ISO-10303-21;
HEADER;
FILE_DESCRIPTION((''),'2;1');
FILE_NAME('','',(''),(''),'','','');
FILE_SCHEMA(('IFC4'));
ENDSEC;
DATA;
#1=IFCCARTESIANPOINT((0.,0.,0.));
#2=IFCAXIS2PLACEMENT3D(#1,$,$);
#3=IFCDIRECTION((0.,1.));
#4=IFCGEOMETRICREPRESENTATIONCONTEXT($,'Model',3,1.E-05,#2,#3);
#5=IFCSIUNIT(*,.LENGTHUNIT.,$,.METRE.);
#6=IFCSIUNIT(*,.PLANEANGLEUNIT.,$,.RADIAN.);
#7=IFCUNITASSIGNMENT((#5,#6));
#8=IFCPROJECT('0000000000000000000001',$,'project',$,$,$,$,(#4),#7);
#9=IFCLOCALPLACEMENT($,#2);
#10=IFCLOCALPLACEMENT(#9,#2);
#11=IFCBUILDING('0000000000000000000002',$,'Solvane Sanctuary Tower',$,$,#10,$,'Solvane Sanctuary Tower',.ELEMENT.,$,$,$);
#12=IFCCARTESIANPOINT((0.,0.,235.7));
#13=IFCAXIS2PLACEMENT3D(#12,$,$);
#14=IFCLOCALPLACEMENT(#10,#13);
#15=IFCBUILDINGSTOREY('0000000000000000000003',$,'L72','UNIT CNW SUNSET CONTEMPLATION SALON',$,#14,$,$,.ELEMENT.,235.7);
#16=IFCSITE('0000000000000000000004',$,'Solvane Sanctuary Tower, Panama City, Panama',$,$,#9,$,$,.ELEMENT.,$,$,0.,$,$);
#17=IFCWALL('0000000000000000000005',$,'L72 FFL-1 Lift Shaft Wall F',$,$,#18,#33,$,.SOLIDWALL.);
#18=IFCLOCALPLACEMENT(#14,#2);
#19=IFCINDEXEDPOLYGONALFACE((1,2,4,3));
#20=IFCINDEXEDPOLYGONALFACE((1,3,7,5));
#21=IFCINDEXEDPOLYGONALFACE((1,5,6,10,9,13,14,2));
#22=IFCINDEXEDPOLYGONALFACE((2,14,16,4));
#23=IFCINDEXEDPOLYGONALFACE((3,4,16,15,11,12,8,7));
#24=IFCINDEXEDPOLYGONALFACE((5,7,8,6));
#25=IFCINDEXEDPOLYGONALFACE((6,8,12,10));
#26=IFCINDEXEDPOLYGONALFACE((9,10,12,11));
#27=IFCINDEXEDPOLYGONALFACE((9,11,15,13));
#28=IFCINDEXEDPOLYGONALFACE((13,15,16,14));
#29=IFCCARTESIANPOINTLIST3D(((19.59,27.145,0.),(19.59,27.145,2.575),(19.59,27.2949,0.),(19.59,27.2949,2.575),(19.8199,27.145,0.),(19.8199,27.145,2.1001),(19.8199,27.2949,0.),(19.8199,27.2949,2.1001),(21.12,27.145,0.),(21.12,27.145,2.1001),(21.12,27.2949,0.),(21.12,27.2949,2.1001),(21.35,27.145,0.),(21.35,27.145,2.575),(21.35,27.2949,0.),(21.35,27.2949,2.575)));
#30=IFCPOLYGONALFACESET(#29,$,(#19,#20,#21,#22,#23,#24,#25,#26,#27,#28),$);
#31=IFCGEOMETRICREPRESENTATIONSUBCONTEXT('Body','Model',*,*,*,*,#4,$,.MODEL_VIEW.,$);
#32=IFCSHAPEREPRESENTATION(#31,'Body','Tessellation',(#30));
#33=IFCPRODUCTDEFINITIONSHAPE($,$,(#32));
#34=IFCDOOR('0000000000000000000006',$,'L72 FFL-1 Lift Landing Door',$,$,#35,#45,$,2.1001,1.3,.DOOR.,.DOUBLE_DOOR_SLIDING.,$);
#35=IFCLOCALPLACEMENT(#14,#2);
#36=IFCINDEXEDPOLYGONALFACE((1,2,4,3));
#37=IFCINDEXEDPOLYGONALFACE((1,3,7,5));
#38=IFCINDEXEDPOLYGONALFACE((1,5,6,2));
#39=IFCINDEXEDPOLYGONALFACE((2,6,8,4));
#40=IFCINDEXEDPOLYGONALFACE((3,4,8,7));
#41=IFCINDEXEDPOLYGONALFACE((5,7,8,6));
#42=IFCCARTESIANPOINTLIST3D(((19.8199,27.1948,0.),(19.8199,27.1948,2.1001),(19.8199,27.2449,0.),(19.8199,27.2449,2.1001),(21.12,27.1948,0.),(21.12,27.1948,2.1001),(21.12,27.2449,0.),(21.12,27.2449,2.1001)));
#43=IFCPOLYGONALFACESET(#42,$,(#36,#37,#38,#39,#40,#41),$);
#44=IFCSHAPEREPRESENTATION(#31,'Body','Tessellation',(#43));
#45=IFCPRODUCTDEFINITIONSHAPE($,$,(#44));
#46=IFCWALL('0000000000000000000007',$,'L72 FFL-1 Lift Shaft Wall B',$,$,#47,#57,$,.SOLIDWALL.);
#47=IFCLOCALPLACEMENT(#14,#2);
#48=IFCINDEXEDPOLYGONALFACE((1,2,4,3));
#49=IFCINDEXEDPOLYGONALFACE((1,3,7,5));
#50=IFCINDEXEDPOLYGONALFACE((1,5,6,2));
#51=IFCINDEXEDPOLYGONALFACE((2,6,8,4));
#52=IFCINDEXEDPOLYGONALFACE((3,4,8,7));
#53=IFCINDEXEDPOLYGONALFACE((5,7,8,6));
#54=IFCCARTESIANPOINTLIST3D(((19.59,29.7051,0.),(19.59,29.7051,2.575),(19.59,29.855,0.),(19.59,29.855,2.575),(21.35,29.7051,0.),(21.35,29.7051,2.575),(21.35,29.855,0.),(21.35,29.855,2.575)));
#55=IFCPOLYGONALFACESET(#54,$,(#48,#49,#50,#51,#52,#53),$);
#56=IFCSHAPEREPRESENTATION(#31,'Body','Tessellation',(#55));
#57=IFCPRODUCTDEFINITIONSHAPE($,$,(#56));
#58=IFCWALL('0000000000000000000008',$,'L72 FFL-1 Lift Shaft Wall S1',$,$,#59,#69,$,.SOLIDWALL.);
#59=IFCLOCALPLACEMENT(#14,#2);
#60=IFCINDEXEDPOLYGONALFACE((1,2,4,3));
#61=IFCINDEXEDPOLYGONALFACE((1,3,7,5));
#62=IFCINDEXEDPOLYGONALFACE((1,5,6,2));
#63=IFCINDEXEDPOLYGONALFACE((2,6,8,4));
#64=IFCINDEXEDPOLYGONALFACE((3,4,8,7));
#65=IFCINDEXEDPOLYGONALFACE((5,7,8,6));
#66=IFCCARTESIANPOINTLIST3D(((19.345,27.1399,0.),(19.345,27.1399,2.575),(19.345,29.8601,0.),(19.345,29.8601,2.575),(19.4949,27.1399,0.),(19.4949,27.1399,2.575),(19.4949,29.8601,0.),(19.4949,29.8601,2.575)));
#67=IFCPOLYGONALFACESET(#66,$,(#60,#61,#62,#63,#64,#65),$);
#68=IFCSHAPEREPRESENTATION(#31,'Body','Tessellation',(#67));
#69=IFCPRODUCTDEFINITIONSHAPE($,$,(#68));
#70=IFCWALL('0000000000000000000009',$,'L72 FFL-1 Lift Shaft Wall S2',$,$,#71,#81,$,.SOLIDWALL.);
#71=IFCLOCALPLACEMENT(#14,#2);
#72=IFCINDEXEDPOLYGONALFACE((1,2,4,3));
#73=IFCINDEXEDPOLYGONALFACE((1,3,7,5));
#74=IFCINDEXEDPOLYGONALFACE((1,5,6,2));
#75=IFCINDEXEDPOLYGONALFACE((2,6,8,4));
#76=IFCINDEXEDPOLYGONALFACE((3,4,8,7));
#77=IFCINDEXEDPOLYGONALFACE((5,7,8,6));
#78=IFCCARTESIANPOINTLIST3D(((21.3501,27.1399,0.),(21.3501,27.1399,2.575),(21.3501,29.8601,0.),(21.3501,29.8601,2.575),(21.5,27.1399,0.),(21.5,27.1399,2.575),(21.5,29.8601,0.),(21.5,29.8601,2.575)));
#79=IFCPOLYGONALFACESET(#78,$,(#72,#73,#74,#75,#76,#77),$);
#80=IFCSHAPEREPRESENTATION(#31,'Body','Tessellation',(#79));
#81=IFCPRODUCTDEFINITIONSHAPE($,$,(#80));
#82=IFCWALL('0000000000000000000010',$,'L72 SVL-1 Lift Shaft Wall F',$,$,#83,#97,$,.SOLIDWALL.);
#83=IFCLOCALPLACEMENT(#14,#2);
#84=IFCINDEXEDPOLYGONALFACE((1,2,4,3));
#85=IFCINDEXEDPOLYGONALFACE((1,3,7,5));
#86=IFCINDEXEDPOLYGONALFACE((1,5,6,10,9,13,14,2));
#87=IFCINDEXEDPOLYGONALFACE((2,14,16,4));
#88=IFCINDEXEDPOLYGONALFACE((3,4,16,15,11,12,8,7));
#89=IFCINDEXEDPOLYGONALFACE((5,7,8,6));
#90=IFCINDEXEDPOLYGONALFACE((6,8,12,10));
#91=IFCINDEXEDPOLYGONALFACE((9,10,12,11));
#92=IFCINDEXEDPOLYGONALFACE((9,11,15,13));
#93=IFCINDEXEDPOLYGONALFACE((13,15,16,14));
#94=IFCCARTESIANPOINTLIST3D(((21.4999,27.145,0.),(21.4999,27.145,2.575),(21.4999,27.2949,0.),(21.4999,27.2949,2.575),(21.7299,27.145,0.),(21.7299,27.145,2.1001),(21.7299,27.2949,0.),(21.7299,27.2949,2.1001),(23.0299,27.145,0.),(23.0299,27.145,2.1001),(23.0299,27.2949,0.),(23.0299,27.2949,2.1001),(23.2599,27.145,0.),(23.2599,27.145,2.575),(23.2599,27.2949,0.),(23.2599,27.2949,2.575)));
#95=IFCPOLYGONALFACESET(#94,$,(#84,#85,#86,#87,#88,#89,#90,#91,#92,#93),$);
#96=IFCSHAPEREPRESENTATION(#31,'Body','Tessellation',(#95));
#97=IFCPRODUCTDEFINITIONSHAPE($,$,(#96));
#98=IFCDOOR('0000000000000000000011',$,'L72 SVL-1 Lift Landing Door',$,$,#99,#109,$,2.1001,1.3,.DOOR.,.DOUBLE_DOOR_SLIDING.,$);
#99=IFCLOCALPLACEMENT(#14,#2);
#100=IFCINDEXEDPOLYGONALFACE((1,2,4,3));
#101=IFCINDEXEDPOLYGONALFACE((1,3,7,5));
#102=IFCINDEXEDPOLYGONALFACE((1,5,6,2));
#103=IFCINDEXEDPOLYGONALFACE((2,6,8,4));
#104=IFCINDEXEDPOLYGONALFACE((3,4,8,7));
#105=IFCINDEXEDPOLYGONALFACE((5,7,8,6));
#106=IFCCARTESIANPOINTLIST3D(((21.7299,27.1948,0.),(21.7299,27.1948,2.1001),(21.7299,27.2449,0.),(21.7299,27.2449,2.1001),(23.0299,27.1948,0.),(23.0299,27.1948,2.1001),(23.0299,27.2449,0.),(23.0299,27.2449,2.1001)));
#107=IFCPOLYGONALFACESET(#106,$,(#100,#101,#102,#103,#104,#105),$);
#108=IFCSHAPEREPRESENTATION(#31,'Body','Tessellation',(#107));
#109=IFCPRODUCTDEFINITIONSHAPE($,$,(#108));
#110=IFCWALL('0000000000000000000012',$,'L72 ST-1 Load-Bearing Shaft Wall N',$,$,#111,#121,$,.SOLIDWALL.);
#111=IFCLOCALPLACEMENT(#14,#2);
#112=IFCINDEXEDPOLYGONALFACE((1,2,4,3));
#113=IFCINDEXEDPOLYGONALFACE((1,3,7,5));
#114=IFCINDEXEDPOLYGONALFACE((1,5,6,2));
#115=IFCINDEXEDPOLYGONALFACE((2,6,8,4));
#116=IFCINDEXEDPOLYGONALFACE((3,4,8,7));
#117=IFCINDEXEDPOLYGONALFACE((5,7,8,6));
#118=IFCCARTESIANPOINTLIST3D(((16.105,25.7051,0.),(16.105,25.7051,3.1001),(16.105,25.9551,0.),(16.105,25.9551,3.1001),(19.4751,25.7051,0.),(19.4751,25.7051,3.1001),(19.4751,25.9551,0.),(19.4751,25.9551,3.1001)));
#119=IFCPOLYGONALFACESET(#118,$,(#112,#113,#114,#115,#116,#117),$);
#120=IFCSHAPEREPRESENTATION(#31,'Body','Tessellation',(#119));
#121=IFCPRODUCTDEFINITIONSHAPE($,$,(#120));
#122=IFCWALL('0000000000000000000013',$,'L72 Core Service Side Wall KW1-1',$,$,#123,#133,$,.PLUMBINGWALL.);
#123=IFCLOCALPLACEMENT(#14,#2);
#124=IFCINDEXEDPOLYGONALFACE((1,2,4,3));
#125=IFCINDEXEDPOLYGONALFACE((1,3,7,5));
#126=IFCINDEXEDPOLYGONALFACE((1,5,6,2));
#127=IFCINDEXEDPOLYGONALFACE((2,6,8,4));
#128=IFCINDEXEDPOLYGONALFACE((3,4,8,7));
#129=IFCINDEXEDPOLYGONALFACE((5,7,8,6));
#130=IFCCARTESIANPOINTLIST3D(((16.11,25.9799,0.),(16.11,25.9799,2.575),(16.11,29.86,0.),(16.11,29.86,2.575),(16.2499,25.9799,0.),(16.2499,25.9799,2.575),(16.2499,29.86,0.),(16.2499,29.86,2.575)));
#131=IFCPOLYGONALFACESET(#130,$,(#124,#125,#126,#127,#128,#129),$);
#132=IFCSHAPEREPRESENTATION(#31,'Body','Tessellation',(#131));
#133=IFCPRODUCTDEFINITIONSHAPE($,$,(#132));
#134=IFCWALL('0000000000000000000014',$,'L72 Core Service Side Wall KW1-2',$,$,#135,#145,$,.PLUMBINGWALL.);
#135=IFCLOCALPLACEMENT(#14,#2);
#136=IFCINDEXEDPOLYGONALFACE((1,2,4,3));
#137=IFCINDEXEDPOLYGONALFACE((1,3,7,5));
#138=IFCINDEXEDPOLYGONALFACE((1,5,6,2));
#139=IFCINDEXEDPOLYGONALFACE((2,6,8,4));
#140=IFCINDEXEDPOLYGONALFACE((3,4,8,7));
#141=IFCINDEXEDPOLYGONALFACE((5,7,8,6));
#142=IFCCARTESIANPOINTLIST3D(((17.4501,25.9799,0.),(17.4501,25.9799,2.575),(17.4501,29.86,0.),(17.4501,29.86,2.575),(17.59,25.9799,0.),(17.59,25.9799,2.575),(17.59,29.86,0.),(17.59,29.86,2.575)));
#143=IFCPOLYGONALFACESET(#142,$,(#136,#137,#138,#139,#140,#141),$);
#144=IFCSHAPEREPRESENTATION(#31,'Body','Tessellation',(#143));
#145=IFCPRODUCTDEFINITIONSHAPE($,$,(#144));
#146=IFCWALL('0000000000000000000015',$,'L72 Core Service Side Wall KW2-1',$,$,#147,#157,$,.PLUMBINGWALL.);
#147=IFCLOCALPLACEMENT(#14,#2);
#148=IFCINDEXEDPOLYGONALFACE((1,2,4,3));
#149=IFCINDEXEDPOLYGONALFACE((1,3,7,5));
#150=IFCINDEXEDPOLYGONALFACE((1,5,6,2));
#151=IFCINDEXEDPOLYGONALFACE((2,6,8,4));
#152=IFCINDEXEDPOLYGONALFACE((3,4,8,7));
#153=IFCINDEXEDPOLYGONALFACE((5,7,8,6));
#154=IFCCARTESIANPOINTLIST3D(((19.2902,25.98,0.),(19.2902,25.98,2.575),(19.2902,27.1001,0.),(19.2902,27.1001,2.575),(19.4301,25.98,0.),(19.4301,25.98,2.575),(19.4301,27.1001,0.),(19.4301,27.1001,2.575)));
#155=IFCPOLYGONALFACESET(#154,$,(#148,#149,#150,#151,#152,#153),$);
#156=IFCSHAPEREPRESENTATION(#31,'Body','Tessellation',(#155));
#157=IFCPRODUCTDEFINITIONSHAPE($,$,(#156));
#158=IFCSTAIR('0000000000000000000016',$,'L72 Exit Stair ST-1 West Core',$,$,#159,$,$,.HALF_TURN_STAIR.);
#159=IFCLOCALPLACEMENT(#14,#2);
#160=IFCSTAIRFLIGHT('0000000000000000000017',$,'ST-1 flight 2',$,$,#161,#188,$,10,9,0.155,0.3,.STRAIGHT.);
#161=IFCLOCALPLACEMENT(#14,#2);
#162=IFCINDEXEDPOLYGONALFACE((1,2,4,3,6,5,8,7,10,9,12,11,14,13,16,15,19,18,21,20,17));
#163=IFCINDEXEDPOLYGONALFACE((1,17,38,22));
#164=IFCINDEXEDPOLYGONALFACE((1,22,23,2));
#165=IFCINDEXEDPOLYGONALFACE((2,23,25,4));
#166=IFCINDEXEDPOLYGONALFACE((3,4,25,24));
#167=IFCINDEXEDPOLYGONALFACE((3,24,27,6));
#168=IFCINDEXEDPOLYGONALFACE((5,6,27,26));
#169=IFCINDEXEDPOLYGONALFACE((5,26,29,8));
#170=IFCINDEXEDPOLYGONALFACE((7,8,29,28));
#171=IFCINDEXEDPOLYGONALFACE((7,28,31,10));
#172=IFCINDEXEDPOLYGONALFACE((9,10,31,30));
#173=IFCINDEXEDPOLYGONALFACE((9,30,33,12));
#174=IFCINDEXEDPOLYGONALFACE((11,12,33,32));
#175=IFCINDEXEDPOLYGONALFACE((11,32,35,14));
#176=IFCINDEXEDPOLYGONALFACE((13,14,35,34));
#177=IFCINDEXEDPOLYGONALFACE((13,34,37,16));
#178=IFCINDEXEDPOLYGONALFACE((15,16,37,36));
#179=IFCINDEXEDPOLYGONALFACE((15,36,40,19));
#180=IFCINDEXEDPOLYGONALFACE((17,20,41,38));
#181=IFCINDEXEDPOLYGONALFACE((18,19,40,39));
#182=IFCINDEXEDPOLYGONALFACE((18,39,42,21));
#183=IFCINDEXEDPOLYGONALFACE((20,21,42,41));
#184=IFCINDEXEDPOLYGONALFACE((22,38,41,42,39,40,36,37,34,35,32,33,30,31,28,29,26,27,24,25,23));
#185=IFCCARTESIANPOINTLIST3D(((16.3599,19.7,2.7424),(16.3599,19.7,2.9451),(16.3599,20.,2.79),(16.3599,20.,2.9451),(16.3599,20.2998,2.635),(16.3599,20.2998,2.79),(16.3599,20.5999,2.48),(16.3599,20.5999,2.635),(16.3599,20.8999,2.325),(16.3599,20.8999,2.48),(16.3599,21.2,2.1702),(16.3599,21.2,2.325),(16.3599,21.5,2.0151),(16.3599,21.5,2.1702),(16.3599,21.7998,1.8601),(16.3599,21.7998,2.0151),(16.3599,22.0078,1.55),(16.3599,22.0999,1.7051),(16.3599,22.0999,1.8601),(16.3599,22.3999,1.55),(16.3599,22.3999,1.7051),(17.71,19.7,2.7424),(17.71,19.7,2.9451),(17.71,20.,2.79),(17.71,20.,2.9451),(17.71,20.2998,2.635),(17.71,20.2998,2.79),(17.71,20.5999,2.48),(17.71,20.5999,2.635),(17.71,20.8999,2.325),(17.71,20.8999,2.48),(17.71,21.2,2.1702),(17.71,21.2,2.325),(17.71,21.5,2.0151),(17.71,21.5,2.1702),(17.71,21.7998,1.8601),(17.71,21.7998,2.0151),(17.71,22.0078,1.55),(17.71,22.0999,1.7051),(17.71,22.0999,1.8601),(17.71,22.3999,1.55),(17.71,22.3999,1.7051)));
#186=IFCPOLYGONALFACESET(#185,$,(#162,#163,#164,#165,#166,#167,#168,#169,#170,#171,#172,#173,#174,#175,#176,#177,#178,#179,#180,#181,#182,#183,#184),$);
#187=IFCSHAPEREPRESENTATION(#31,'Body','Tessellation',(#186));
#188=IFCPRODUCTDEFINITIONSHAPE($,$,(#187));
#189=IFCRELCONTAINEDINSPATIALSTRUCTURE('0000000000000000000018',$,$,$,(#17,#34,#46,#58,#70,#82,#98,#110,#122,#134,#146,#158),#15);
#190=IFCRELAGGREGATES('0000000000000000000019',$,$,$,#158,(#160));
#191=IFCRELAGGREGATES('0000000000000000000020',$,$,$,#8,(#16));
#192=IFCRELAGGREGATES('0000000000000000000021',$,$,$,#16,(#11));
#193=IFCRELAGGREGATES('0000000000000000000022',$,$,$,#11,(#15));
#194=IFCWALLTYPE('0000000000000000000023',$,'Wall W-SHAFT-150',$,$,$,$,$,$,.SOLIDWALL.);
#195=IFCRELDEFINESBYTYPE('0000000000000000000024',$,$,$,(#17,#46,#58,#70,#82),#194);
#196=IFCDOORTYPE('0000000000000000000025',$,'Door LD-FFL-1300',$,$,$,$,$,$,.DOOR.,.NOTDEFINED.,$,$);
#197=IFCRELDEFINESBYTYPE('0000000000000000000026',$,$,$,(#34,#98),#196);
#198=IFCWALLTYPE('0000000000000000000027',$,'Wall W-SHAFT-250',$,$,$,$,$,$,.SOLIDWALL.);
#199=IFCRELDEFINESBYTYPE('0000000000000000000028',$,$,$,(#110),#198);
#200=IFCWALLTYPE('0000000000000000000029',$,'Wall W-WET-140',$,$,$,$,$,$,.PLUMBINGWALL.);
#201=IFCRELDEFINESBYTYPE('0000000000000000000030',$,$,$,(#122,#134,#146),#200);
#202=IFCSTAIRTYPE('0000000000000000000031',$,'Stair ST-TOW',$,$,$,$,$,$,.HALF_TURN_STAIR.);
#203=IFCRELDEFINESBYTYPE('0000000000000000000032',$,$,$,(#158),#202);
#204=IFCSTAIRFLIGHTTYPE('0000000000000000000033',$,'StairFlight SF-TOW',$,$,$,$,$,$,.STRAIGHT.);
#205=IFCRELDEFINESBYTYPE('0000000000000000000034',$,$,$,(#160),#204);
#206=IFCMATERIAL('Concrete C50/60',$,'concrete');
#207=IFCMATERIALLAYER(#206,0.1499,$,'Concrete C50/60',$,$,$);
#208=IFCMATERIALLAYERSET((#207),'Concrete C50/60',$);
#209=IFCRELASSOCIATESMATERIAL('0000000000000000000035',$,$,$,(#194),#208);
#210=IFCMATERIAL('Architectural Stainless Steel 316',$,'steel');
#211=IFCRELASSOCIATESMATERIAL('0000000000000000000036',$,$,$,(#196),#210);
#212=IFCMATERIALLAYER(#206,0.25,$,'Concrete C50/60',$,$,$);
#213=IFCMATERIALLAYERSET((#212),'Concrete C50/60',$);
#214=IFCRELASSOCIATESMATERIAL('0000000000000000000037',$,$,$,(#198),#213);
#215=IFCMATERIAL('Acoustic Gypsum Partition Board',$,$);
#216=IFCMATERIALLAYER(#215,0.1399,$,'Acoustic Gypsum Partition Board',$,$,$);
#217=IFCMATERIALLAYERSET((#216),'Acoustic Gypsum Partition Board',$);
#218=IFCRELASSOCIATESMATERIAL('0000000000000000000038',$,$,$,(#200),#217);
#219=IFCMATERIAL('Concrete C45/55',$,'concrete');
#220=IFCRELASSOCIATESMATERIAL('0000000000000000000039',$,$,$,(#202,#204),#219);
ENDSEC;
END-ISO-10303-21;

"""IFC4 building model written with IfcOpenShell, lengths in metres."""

from ifc_helpers import new_model, si_unit, direction, frame, frame_2d, origin, place, context, subcontext, project, spatial, polyline, rectangle, outline, extrude, material, layer, layer_set, type_object, element, fill, aggregate, save


model = new_model("IFC4")

# Units and contexts
model_context = context("Model", 3, precision=1e-05, world=origin(), true_north=direction((0.0, 1.0)))
body_context = subcontext(model_context, "Body", "Model", "MODEL_VIEW")
ifc_project = project(units=[si_unit("LENGTHUNIT", "METRE"), si_unit("PLANEANGLEUNIT", "RADIAN")], contexts=[model_context])

# Site, building, storey
site_placement = place(None, origin())
site = spatial("IfcSite", under=ifc_project, at=site_placement, Name="Solvane Sanctuary Tower, Panama City, Panama", CompositionType="ELEMENT", RefElevation=0.0)
building_placement = place(site_placement, origin())
building = spatial("IfcBuilding", under=site, at=building_placement, Name="Solvane Sanctuary Tower", LongName="Solvane Sanctuary Tower", CompositionType="ELEMENT")
storey_placement = place(building_placement, frame((0.0, 0.0, 235.7)))
storey = spatial("IfcBuildingStorey", under=building, at=storey_placement, Name="L72", Description="UNIT CNW SUNSET CONTEMPLATION SALON", CompositionType="ELEMENT", Elevation=235.7)

# Shared definitions
ifc_material_1 = material(Name="Acoustic Gypsum Partition Board")

# Shared definitions
ifc_material_2 = material(Name="Concrete C50/60", Category="concrete")
ifc_layer_1 = layer(ifc_material_2, 0.1499, Name="Concrete C50/60")
ifc_layer_set_1 = layer_set([ifc_layer_1], Name="Concrete C50/60")
wall_type_1 = type_object("IfcWallType", Name="Wall W-SHAFT-150", PredefinedType="SOLIDWALL", material=ifc_layer_set_1)
ifc_material_3 = material(Name="Architectural Stainless Steel 316", Category="steel")

# Wall, opening, door
wall_1_placement = place(storey_placement, frame((19.5901, 27.22, 0.0), z_axis=(0.0, 0.0, 1.0), x_axis=(1.0, 0.0, 0.0)))
wall_1 = element("IfcWall", 1, at=wall_1_placement, inside=storey, type_object=wall_type_1, Name="L72 FFL-1 Lift Shaft Wall F", PredefinedType="SOLIDWALL", context=body_context, shape_type="SweptSolid", body=[
    extrude(rectangle(XDim=1.76, YDim=0.1499, at=frame_2d((0.8799, 0.0))), origin(), (0.0, 0.0, 1.0), 2.575),
])
opening_1_placement = place(wall_1_placement, frame((0.23, 0.0, 0.0)))
opening_1 = element("IfcOpeningElement", 2, at=opening_1_placement, cuts=wall_1, PredefinedType="OPENING", context=body_context, shape_type="SweptSolid", body=[
    extrude(rectangle(XDim=1.3, YDim=2.1001, at=frame_2d((0.6499, 1.05))), frame((0.0, 0.085, 0.0), z_axis=(0.0, -1.0, 0.0), x_axis=(1.0, 0.0, 0.0)), (0.0, 0.0, 1.0), 0.1699),
])
door_type_1 = type_object("IfcDoorType", Name="Door LD-FFL-1300", OperationType="NOTDEFINED", PredefinedType="DOOR", material=ifc_material_3)
door_1_placement = place(opening_1_placement, origin())
door_1 = element("IfcDoor", 3, at=door_1_placement, inside=storey, type_object=door_type_1, Name="L72 FFL-1 Lift Landing Door", OperationType="DOUBLE_DOOR_SLIDING", OverallHeight=2.1001, OverallWidth=1.3, PredefinedType="DOOR", context=body_context, shape_type="SweptSolid", body=[
    extrude(rectangle(XDim=1.3, YDim=2.1001, at=frame_2d((0.6499, 1.05))), frame((0.0, 0.0249, 0.0), z_axis=(0.0, -1.0, 0.0), x_axis=(1.0, 0.0, 0.0)), (0.0, 0.0, 1.0), 0.05),
])
fill(opening_1, door_1)

# Walls
wall_2_placement = place(storey_placement, frame((19.5901, 29.78, 0.0), z_axis=(0.0, 0.0, 1.0), x_axis=(1.0, 0.0, 0.0)))
element("IfcWall", 4, at=wall_2_placement, inside=storey, type_object=wall_type_1, Name="L72 FFL-1 Lift Shaft Wall B", PredefinedType="SOLIDWALL", context=body_context, shape_type="SweptSolid", body=[
    extrude(rectangle(XDim=1.76, YDim=0.1499, at=frame_2d((0.8799, 0.0))), origin(), (0.0, 0.0, 1.0), 2.575),
])
for number, where, z_axis, x_axis, name in (
    (5, (19.4199, 27.1399, 0.0), (0.0, 0.0, 1.0), (0.0, 1.0, 0.0), "L72 FFL-1 Lift Shaft Wall S1"),
    (6, (21.425, 27.1399, 0.0), (0.0, 0.0, 1.0), (0.0, 1.0, 0.0), "L72 FFL-1 Lift Shaft Wall S2"),
):
    element("IfcWall", number, at=place(storey_placement, frame(where, z_axis=z_axis, x_axis=x_axis)), inside=storey, type_object=wall_type_1, Name=name, PredefinedType="SOLIDWALL", context=body_context, shape_type="SweptSolid", body=[
        extrude(rectangle(XDim=2.7202, YDim=0.1499, at=frame_2d((1.3601, 0.0))), origin(), (0.0, 0.0, 1.0), 2.575),
    ])

# Wall, opening, door
wall_3_placement = place(storey_placement, frame((21.5, 27.22, 0.0), z_axis=(0.0, 0.0, 1.0), x_axis=(1.0, 0.0, 0.0)))
wall_3 = element("IfcWall", 7, at=wall_3_placement, inside=storey, type_object=wall_type_1, Name="L72 SVL-1 Lift Shaft Wall F", PredefinedType="SOLIDWALL", context=body_context, shape_type="SweptSolid", body=[
    extrude(rectangle(XDim=1.76, YDim=0.1499, at=frame_2d((0.8799, 0.0))), origin(), (0.0, 0.0, 1.0), 2.575),
])
opening_2_placement = place(wall_3_placement, frame((0.23, 0.0, 0.0)))
opening_2 = element("IfcOpeningElement", 8, at=opening_2_placement, cuts=wall_3, PredefinedType="OPENING", context=body_context, shape_type="SweptSolid", body=[
    extrude(rectangle(XDim=1.3, YDim=2.1001, at=frame_2d((0.6499, 1.05))), frame((0.0, 0.085, 0.0), z_axis=(0.0, -1.0, 0.0), x_axis=(1.0, 0.0, 0.0)), (0.0, 0.0, 1.0), 0.1699),
])
door_2_placement = place(opening_2_placement, origin())
door_2 = element("IfcDoor", 9, at=door_2_placement, inside=storey, type_object=door_type_1, Name="L72 SVL-1 Lift Landing Door", OperationType="DOUBLE_DOOR_SLIDING", OverallHeight=2.1001, OverallWidth=1.3, PredefinedType="DOOR", context=body_context, shape_type="SweptSolid", body=[
    extrude(rectangle(XDim=1.3, YDim=2.1001, at=frame_2d((0.6499, 1.05))), frame((0.0, 0.0249, 0.0), z_axis=(0.0, -1.0, 0.0), x_axis=(1.0, 0.0, 0.0)), (0.0, 0.0, 1.0), 0.05),
])
fill(opening_2, door_2)

# Walls
ifc_layer_2 = layer(ifc_material_2, 0.25, Name="Concrete C50/60")
ifc_layer_set_2 = layer_set([ifc_layer_2], Name="Concrete C50/60")
wall_type_2 = type_object("IfcWallType", Name="Wall W-SHAFT-250", PredefinedType="SOLIDWALL", material=ifc_layer_set_2)
wall_4_placement = place(storey_placement, frame((16.105, 25.8301, 0.0), z_axis=(0.0, 0.0, 1.0), x_axis=(1.0, 0.0, 0.0)))
element("IfcWall", 10, at=wall_4_placement, inside=storey, type_object=wall_type_2, Name="L72 ST-1 Load-Bearing Shaft Wall N", PredefinedType="SOLIDWALL", context=body_context, shape_type="SweptSolid", body=[
    extrude(rectangle(XDim=3.3701, YDim=0.25, at=frame_2d((1.6851, 0.0))), origin(), (0.0, 0.0, 1.0), 3.1001),
])
ifc_layer_3 = layer(ifc_material_1, 0.1399, Name="Acoustic Gypsum Partition Board")
ifc_layer_set_3 = layer_set([ifc_layer_3], Name="Acoustic Gypsum Partition Board")
wall_type_3 = type_object("IfcWallType", Name="Wall W-WET-140", PredefinedType="PLUMBINGWALL", material=ifc_layer_set_3)
for number, where, z_axis, x_axis, name in (
    (11, (16.1799, 25.98, 0.0), (0.0, 0.0, 1.0), (0.0, 1.0, 0.0), "L72 Core Service Side Wall KW1-1"),
    (12, (17.52, 25.98, 0.0), (0.0, 0.0, 1.0), (0.0, 1.0, 0.0), "L72 Core Service Side Wall KW1-2"),
):
    element("IfcWall", number, at=place(storey_placement, frame(where, z_axis=z_axis, x_axis=x_axis)), inside=storey, type_object=wall_type_3, Name=name, PredefinedType="PLUMBINGWALL", context=body_context, shape_type="SweptSolid", body=[
        extrude(rectangle(XDim=3.8801, YDim=0.1399, at=frame_2d((1.9399, 0.0))), origin(), (0.0, 0.0, 1.0), 2.575),
    ])
wall_5_placement = place(storey_placement, frame((19.3601, 25.98, 0.0), z_axis=(0.0, 0.0, 1.0), x_axis=(0.0, 1.0, 0.0)))
element("IfcWall", 13, at=wall_5_placement, inside=storey, type_object=wall_type_3, Name="L72 Core Service Side Wall KW2-1", PredefinedType="PLUMBINGWALL", context=body_context, shape_type="SweptSolid", body=[
    extrude(rectangle(XDim=1.1201, YDim=0.1399, at=frame_2d((0.5601, 0.0))), origin(), (0.0, 0.0, 1.0), 2.575),
])

# Stair, stair flight
ifc_material_4 = material(Name="Concrete C45/55", Category="concrete")
stair_type = type_object("IfcStairType", Name="Stair ST-TOW", PredefinedType="HALF_TURN_STAIR", material=ifc_material_4)
stair_placement = place(storey_placement, origin())
stair = element("IfcStair", 14, at=stair_placement, inside=storey, type_object=stair_type, Name="L72 Exit Stair ST-1 West Core", PredefinedType="HALF_TURN_STAIR")
stair_flight_type = type_object("IfcStairFlightType", Name="StairFlight SF-TOW", PredefinedType="STRAIGHT", material=ifc_material_4)
stair_flight_placement = place(storey_placement, frame((17.0349, 22.3999, 1.55), z_axis=(0.0, 0.0, 1.0), x_axis=(0.0, -1.0, 0.0)))
stair_flight = element("IfcStairFlight", 15, at=stair_flight_placement, type_object=stair_flight_type, Name="ST-1 flight 2", NumberOfRisers=10, NumberOfTreads=9, PredefinedType="STRAIGHT", RiserHeight=0.155, TreadLength=0.3, context=body_context, shape_type="SweptSolid", body=[
    extrude(outline(polyline([(0.0, 0.0), (0.0, 0.155), (0.3, 0.155), (0.3, 0.3101), (0.6001, 0.3101), (0.6001, 0.4651), (0.8999, 0.4651), (0.8999, 0.6201), (1.2, 0.6201), (1.2, 0.7749), (1.5, 0.7749), (1.5, 0.9299), (1.8, 0.9299), (1.8, 1.085), (2.1001, 1.085), (2.1001, 1.24), (2.3999, 1.24), (2.3999, 1.395), (2.7, 1.395), (2.7, 1.55), (2.7, 1.1924), (0.3921, 0.0), (0.0, 0.0)])), frame((0.0, 0.675, 0.0), z_axis=(0.0, -1.0, 0.0), x_axis=(1.0, 0.0, 0.0)), (0.0, 0.0, 1.0), 1.3501),
])
aggregate(stair, [stair_flight])

save(model, "model.ifc")
